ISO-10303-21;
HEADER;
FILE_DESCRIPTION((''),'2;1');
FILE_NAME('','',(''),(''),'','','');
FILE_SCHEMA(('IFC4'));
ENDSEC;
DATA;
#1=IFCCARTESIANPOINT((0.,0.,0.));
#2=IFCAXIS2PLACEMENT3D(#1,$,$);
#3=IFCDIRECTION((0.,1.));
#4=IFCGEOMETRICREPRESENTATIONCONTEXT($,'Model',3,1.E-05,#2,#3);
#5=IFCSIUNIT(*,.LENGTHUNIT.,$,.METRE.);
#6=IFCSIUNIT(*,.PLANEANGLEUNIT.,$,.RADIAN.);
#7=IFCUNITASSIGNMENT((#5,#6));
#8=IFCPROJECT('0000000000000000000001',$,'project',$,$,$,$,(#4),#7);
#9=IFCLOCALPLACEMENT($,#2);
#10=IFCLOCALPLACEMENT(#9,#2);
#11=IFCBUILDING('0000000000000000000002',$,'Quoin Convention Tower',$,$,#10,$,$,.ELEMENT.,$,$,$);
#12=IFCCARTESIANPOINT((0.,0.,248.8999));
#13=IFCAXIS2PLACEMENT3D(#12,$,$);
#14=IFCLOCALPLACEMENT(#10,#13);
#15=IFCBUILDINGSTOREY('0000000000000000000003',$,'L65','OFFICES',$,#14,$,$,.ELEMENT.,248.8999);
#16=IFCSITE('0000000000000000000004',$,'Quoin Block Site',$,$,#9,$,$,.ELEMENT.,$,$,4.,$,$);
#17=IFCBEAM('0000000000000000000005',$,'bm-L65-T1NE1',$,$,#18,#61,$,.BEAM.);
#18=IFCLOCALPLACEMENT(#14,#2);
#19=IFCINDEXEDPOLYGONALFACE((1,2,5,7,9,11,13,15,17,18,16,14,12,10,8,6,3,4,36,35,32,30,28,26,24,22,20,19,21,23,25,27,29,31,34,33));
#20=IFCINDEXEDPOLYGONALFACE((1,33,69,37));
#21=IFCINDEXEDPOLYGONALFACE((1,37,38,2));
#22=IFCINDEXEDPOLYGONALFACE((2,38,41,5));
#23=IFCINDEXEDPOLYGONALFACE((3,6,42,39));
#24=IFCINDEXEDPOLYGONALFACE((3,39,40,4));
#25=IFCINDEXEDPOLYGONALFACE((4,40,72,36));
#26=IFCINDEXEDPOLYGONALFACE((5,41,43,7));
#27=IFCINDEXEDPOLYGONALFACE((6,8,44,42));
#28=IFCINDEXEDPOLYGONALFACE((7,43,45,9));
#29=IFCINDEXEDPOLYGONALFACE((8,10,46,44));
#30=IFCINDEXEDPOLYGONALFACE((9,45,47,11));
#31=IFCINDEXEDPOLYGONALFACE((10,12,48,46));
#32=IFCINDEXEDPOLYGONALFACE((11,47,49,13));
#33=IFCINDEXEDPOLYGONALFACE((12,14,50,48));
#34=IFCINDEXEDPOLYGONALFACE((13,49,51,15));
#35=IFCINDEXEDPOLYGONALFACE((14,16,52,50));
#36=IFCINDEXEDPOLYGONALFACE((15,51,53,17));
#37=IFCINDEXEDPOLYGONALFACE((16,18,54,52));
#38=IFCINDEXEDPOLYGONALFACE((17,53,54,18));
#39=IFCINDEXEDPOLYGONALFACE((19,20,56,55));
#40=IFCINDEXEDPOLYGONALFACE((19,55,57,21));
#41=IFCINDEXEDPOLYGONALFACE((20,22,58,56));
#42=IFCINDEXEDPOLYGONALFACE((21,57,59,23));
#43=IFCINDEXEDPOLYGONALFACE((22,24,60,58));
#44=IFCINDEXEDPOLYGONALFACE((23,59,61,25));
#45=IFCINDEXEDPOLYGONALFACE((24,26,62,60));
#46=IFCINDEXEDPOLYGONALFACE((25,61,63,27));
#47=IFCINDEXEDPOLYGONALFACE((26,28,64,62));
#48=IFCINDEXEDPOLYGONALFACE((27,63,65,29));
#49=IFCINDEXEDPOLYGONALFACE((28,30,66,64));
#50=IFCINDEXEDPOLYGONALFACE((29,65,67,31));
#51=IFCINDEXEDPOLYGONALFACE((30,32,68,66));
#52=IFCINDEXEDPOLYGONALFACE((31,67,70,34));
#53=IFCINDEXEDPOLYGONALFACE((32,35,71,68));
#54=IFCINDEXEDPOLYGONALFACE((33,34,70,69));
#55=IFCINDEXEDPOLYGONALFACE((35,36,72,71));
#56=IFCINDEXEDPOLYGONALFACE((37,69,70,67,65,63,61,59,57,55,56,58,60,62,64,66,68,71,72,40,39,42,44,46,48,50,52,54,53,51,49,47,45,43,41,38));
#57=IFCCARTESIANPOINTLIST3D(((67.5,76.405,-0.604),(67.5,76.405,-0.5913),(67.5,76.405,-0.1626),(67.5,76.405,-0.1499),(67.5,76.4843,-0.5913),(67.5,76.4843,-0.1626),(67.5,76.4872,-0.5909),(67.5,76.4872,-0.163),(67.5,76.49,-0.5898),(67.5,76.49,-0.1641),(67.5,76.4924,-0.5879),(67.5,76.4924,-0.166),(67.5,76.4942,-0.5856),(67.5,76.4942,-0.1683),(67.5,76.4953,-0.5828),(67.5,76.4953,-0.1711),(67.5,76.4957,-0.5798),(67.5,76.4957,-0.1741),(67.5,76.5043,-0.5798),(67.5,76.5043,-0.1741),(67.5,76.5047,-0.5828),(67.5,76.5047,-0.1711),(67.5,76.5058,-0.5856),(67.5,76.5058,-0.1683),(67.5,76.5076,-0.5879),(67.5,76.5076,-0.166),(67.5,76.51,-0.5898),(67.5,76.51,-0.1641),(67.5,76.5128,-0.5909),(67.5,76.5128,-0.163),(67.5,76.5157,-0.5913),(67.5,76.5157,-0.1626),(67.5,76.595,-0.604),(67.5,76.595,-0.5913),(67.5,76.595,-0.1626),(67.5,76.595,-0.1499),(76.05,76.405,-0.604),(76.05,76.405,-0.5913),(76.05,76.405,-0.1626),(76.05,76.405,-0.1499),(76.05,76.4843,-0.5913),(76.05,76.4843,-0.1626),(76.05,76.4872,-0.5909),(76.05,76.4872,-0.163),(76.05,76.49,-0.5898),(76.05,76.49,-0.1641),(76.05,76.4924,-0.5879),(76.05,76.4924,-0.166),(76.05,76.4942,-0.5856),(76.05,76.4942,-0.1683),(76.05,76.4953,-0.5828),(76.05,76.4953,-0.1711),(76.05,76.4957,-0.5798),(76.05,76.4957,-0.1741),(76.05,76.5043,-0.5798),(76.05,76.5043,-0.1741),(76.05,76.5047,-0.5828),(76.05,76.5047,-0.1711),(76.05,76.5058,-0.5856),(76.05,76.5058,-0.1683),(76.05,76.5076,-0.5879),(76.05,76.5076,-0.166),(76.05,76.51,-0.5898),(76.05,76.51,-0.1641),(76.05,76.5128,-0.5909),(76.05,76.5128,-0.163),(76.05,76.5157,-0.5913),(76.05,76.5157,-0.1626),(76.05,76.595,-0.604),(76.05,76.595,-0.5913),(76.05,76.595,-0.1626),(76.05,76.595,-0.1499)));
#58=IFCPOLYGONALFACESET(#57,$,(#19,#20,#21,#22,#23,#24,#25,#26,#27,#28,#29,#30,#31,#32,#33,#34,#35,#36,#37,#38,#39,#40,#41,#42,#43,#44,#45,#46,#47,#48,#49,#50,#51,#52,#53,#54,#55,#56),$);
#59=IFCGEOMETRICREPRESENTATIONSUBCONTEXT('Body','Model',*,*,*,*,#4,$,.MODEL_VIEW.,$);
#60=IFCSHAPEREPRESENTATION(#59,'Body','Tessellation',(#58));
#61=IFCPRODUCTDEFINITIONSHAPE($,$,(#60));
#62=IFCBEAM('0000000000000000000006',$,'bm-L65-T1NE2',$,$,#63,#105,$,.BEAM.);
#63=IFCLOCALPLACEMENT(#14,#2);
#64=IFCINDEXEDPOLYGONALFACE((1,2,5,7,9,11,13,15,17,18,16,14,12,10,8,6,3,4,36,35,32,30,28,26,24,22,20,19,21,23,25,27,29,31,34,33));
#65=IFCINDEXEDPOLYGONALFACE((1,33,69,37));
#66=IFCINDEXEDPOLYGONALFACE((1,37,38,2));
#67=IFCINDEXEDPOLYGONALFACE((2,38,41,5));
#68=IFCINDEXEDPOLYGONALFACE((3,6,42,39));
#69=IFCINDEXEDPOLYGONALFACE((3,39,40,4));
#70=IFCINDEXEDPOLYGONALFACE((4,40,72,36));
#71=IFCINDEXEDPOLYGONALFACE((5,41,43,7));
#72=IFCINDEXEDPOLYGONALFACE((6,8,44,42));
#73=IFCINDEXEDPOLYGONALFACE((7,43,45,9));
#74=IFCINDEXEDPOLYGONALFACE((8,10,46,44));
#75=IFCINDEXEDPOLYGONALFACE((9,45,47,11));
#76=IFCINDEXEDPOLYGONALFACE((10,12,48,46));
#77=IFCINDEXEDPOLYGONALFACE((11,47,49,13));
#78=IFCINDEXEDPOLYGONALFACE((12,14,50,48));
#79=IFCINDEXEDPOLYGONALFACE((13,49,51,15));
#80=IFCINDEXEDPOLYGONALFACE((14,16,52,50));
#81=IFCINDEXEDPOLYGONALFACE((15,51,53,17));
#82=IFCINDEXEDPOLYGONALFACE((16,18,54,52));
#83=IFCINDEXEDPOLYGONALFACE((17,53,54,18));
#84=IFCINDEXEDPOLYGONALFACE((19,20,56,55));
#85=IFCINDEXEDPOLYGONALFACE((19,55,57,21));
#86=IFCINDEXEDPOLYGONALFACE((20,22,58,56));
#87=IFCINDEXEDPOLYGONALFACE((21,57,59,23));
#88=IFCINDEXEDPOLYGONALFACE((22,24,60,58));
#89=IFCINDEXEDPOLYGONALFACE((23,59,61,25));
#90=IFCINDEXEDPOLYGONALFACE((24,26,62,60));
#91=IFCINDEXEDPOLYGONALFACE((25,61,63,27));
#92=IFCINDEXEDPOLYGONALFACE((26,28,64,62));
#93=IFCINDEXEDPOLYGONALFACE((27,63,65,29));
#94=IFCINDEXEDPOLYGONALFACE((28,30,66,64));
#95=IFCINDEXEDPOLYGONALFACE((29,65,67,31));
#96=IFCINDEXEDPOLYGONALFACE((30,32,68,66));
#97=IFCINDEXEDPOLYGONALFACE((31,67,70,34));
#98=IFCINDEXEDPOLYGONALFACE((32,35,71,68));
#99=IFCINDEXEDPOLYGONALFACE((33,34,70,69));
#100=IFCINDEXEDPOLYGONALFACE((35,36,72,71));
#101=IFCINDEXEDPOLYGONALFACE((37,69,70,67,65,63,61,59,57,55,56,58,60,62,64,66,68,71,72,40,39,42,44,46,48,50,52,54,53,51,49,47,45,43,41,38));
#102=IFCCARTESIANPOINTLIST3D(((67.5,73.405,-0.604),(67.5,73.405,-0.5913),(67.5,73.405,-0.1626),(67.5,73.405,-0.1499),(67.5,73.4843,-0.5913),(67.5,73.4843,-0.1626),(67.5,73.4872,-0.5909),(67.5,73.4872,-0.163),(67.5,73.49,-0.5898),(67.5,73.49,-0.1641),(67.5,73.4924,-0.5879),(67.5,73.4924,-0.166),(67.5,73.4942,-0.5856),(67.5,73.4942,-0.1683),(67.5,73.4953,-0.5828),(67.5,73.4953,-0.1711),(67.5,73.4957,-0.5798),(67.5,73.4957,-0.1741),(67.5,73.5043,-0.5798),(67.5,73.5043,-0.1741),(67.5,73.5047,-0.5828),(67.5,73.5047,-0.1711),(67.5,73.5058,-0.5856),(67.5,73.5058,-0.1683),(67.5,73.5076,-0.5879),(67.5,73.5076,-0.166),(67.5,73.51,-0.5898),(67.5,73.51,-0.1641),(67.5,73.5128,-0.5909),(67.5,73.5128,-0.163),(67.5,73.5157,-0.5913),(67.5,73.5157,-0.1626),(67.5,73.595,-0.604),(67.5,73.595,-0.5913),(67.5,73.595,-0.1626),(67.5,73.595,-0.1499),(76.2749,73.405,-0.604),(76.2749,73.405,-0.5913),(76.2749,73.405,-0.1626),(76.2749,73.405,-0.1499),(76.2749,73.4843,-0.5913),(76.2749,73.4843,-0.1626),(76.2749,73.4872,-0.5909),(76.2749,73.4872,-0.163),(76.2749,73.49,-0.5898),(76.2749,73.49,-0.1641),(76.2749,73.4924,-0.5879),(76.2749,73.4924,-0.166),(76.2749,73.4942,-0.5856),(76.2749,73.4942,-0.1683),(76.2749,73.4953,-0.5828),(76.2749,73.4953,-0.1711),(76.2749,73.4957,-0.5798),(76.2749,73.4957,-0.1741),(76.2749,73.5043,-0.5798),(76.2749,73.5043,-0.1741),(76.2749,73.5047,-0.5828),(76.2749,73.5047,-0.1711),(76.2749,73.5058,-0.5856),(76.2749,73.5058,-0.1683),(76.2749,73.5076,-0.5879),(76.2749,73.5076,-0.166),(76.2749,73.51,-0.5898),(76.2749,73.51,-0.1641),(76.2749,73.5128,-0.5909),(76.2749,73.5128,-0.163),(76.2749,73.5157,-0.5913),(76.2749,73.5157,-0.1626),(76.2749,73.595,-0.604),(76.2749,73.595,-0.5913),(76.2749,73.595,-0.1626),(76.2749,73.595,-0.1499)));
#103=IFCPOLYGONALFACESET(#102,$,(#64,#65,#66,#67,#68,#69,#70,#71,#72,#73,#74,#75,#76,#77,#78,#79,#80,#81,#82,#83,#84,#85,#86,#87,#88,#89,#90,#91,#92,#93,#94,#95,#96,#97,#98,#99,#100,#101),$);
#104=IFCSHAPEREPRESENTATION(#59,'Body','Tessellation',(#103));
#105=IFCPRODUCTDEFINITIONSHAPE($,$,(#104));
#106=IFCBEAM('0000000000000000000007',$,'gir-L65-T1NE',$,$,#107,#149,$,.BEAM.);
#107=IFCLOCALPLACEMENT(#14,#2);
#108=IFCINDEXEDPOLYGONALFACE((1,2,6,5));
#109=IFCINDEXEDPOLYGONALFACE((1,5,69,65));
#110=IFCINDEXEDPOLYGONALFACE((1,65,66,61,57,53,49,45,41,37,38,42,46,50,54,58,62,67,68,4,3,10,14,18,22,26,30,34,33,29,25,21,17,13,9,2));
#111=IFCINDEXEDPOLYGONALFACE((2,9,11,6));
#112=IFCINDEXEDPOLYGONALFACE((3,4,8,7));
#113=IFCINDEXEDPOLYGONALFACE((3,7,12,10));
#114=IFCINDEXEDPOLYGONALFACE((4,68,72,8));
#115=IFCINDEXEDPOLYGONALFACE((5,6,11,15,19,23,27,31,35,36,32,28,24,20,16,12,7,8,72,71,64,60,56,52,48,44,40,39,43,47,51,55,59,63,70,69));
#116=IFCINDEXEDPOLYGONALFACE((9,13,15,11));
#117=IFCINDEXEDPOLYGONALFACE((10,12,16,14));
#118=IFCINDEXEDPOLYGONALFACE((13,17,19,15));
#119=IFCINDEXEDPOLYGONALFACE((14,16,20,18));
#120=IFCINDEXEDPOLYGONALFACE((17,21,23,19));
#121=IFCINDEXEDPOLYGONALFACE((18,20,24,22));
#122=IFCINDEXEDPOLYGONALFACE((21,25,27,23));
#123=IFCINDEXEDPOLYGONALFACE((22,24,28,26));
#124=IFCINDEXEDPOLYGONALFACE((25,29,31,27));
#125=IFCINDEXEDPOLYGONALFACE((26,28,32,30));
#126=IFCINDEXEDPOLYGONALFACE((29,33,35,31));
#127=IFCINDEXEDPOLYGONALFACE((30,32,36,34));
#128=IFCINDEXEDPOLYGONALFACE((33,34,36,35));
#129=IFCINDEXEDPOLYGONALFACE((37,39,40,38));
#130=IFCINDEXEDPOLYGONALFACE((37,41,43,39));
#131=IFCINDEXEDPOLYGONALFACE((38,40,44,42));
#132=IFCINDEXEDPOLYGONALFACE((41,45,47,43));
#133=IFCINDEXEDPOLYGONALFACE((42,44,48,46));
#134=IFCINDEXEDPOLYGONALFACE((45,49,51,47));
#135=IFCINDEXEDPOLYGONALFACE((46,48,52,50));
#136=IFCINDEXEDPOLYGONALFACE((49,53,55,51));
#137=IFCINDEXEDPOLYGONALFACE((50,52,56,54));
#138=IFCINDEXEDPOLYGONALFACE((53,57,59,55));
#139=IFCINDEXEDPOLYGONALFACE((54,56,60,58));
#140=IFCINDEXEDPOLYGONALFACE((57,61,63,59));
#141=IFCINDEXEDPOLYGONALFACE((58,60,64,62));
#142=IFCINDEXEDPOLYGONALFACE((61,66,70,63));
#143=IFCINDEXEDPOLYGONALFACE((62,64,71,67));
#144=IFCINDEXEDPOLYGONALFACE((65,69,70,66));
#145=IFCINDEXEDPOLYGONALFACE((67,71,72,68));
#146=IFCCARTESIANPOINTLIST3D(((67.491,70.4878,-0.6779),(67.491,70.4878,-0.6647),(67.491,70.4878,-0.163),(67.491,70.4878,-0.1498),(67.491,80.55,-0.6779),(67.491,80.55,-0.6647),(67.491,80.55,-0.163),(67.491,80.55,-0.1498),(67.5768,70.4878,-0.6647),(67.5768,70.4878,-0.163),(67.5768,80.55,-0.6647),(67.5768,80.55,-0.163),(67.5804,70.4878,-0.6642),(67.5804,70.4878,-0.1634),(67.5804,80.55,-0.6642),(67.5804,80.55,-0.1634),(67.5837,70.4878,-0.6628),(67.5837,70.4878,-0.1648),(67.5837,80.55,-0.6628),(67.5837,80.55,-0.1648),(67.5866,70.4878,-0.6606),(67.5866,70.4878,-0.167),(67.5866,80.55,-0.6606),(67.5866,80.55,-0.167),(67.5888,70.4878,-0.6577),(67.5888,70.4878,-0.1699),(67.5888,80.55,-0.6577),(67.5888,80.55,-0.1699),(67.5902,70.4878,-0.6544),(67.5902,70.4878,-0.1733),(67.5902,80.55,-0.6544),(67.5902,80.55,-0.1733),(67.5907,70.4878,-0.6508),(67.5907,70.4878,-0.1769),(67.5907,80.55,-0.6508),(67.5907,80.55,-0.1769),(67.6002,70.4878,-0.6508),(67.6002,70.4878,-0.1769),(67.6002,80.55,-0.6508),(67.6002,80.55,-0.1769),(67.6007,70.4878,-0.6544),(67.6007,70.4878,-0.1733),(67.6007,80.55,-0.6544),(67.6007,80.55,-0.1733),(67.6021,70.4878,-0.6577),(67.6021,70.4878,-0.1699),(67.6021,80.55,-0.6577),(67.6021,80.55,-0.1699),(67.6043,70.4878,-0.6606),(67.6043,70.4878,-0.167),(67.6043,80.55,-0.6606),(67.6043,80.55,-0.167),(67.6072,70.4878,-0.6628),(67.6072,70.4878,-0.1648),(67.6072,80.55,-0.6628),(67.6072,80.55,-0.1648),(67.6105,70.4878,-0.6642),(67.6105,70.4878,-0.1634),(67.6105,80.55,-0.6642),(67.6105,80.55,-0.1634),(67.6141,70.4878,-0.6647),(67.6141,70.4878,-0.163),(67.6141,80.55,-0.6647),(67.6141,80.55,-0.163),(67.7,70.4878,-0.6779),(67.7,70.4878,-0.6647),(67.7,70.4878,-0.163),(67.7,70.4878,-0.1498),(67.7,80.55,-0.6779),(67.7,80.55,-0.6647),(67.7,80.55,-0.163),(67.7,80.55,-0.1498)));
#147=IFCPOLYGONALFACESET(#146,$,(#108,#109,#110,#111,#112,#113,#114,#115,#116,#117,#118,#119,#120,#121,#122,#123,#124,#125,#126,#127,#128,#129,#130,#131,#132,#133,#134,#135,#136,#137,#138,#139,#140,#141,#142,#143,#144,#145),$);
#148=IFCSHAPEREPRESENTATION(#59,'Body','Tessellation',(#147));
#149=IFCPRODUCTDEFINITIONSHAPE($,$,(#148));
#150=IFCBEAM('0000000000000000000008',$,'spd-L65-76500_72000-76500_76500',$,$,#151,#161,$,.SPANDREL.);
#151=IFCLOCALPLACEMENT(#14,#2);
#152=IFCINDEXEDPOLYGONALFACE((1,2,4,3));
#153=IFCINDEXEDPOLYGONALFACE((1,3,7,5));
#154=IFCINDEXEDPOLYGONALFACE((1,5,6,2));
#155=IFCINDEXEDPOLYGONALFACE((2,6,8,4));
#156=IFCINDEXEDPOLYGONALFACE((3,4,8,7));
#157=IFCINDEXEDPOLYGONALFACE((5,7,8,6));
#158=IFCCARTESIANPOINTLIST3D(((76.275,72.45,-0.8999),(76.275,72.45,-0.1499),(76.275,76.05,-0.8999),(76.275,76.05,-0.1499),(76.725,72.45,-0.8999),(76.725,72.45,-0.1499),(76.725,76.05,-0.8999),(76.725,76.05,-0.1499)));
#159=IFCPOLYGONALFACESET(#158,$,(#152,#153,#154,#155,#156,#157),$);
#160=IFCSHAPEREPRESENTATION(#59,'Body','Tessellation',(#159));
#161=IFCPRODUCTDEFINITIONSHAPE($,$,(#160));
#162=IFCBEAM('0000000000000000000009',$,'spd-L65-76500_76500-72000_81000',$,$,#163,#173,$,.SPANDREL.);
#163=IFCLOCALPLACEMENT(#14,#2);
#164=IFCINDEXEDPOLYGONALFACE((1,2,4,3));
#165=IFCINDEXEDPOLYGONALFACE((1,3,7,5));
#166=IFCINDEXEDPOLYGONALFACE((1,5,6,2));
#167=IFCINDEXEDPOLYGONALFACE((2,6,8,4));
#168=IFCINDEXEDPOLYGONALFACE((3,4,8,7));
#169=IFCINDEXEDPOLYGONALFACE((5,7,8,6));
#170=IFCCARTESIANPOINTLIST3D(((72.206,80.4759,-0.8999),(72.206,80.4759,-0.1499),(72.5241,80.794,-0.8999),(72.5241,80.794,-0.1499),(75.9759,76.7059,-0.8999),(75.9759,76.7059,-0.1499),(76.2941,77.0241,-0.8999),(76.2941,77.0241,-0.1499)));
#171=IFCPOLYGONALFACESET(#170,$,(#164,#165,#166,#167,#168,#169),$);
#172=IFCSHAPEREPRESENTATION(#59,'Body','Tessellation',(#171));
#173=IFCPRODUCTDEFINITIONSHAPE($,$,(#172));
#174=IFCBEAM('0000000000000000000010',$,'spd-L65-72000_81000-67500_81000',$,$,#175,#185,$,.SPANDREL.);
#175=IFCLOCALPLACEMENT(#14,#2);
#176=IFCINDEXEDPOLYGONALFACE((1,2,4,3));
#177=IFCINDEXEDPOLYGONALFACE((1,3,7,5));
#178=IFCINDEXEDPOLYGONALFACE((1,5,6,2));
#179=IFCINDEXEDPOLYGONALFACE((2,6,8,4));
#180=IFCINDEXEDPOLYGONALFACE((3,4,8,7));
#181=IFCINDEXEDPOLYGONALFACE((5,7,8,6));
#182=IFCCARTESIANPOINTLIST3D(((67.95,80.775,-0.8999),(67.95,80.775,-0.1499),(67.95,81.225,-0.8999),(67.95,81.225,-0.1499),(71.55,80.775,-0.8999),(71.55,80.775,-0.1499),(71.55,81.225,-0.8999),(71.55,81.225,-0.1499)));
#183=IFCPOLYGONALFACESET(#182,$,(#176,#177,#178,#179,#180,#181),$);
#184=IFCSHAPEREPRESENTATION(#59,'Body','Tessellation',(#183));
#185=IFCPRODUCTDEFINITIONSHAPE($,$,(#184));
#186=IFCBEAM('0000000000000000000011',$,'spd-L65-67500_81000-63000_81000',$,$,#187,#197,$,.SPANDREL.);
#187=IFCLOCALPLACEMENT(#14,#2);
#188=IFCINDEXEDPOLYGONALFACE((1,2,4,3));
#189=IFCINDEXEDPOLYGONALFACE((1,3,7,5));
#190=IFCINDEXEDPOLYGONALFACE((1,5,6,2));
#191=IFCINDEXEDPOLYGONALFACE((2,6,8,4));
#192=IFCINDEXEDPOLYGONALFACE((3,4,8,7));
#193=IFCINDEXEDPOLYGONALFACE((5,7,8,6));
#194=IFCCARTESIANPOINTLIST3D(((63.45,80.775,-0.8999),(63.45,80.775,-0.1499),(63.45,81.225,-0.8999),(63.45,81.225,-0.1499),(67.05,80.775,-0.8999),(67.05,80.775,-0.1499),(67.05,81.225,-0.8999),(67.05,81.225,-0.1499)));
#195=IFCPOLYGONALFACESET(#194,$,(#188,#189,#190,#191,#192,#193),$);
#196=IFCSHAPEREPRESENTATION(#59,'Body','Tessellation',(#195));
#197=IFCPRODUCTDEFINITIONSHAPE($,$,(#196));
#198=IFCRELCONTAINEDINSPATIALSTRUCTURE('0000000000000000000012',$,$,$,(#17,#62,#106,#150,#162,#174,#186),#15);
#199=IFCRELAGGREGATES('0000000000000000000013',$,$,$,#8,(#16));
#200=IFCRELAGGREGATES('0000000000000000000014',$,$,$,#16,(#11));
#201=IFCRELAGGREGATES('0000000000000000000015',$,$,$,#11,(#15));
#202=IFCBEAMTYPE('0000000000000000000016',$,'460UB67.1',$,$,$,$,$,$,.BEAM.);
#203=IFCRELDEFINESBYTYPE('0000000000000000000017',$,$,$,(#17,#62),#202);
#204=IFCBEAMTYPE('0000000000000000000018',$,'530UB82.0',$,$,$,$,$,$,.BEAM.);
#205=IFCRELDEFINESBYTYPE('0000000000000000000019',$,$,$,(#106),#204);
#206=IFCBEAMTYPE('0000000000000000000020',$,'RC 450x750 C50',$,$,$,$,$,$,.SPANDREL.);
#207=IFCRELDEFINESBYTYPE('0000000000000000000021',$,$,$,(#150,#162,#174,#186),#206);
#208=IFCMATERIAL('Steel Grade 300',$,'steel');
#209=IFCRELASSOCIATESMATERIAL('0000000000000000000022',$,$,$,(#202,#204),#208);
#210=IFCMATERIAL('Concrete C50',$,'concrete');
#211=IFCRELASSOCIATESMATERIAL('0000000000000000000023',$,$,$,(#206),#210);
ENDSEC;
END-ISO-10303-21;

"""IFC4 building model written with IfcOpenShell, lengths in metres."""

from ifc_helpers import new_model, si_unit, direction, frame, origin, origin_2d, place, context, subcontext, project, spatial, rectangle, i_section, extrude, material, material_profile, profile_set, type_object, element, save


model = new_model("IFC4")

# Units and contexts
model_context = context("Model", 3, precision=1e-05, world=origin(), true_north=direction((0.0, 1.0)))
body_context = subcontext(model_context, "Body", "Model", "MODEL_VIEW")
ifc_project = project(units=[si_unit("LENGTHUNIT", "METRE"), si_unit("PLANEANGLEUNIT", "RADIAN")], contexts=[model_context])

# Site, building, storey
site_placement = place(None, origin())
site = spatial("IfcSite", under=ifc_project, at=site_placement, Name="Quoin Block Site", CompositionType="ELEMENT", RefElevation=4.0)
building_placement = place(site_placement, origin())
building = spatial("IfcBuilding", under=site, at=building_placement, Name="Quoin Convention Tower", CompositionType="ELEMENT")
storey_placement = place(building_placement, frame((0.0, 0.0, 248.8999)))
storey = spatial("IfcBuildingStorey", under=building, at=storey_placement, Name="L65", Description="OFFICES", CompositionType="ELEMENT", Elevation=248.8999)

# Shared definitions
ifc_material_1 = material(Name="Concrete C50", Category="concrete")

# Beams
ifc_material_2 = material(Name="Steel Grade 300", Category="steel")
ifc_material_profile_1 = material_profile(ifc_material_2, i_section(OverallWidth=0.1899, OverallDepth=0.4541, WebThickness=0.0085, FlangeThickness=0.0127, FilletRadius=0.0115, at=origin_2d()), Name="460UB67.1")
ifc_profile_set_1 = profile_set([ifc_material_profile_1], Name="Steel Grade 300")
beam_type_1 = type_object("IfcBeamType", Name="460UB67.1", PredefinedType="BEAM", material=ifc_profile_set_1)
beam_1_placement = place(storey_placement, frame((67.5, 76.5, -0.377), z_axis=(1.0, 0.0, 0.0), x_axis=(0.0, 1.0, 0.0)))
element("IfcBeam", 1, at=beam_1_placement, inside=storey, type_object=beam_type_1, Name="bm-L65-T1NE1", PredefinedType="BEAM", context=body_context, shape_type="SweptSolid", body=[
    extrude(i_section(OverallWidth=0.1899, OverallDepth=0.4541, WebThickness=0.0085, FlangeThickness=0.0127, FilletRadius=0.0115, at=origin_2d()), origin(), (0.0, 0.0, 1.0), 8.55),
])
beam_2_placement = place(storey_placement, frame((67.5, 73.5, -0.377), z_axis=(1.0, 0.0, 0.0), x_axis=(0.0, 1.0, 0.0)))
element("IfcBeam", 2, at=beam_2_placement, inside=storey, type_object=beam_type_1, Name="bm-L65-T1NE2", PredefinedType="BEAM", context=body_context, shape_type="SweptSolid", body=[
    extrude(i_section(OverallWidth=0.1899, OverallDepth=0.4541, WebThickness=0.0085, FlangeThickness=0.0127, FilletRadius=0.0115, at=origin_2d()), origin(), (0.0, 0.0, 1.0), 8.7749),
])
ifc_material_profile_2 = material_profile(ifc_material_2, i_section(OverallWidth=0.209, OverallDepth=0.5281, WebThickness=0.0095, FlangeThickness=0.0132, FilletRadius=0.0139, at=origin_2d()), Name="530UB82.0")
ifc_profile_set_2 = profile_set([ifc_material_profile_2], Name="Steel Grade 300")
beam_type_2 = type_object("IfcBeamType", Name="530UB82.0", PredefinedType="BEAM", material=ifc_profile_set_2)
beam_3_placement = place(storey_placement, frame((67.5955, 80.55, -0.4138), z_axis=(0.0, -1.0, 0.0), x_axis=(1.0, 0.0, 0.0)))
element("IfcBeam", 3, at=beam_3_placement, inside=storey, type_object=beam_type_2, Name="gir-L65-T1NE", PredefinedType="BEAM", context=body_context, shape_type="SweptSolid", body=[
    extrude(i_section(OverallWidth=0.209, OverallDepth=0.5281, WebThickness=0.0095, FlangeThickness=0.0132, FilletRadius=0.0139, at=origin_2d()), origin(), (0.0, 0.0, 1.0), 10.0623),
])
ifc_material_profile_3 = material_profile(ifc_material_1, rectangle(XDim=0.45, YDim=0.75, at=origin_2d()), Name="RC 450x750")
ifc_profile_set_3 = profile_set([ifc_material_profile_3], Name="Concrete C50")
beam_type_3 = type_object("IfcBeamType", Name="RC 450x750 C50", PredefinedType="SPANDREL", material=ifc_profile_set_3)
beam_4_placement = place(storey_placement, frame((76.5, 72.45, -0.5249), z_axis=(0.0, 1.0, 0.0), x_axis=(-1.0, 0.0, 0.0)))
element("IfcBeam", 4, at=beam_4_placement, inside=storey, type_object=beam_type_3, Name="spd-L65-76500_72000-76500_76500", PredefinedType="SPANDREL", context=body_context, shape_type="SweptSolid", body=[
    extrude(rectangle(XDim=0.45, YDim=0.75, at=origin_2d()), origin(), (0.0, 0.0, 1.0), 3.6001),
])
beam_5_placement = place(storey_placement, frame((76.135, 76.865, -0.5249), z_axis=(-0.707107, 0.707107, 0.0), x_axis=(-0.707107, -0.707107, 0.0)))
element("IfcBeam", 5, at=beam_5_placement, inside=storey, type_object=beam_type_3, Name="spd-L65-76500_76500-72000_81000", PredefinedType="SPANDREL", context=body_context, shape_type="SweptSolid", body=[
    extrude(rectangle(XDim=0.45, YDim=0.75, at=origin_2d()), origin(), (0.0, 0.0, 1.0), 5.3315),
])
for number, where, z_axis, x_axis, name in (
    (6, (71.55, 81.0, -0.5249), (-1.0, 0.0, 0.0), (0.0, -1.0, 0.0), "spd-L65-72000_81000-67500_81000"),
    (7, (67.05, 81.0, -0.5249), (-1.0, 0.0, 0.0), (0.0, -1.0, 0.0), "spd-L65-67500_81000-63000_81000"),
):
    element("IfcBeam", number, at=place(storey_placement, frame(where, z_axis=z_axis, x_axis=x_axis)), inside=storey, type_object=beam_type_3, Name=name, PredefinedType="SPANDREL", context=body_context, shape_type="SweptSolid", body=[
        extrude(rectangle(XDim=0.45, YDim=0.75, at=origin_2d()), origin(), (0.0, 0.0, 1.0), 3.6001),
    ])

save(model, "model.ifc")
